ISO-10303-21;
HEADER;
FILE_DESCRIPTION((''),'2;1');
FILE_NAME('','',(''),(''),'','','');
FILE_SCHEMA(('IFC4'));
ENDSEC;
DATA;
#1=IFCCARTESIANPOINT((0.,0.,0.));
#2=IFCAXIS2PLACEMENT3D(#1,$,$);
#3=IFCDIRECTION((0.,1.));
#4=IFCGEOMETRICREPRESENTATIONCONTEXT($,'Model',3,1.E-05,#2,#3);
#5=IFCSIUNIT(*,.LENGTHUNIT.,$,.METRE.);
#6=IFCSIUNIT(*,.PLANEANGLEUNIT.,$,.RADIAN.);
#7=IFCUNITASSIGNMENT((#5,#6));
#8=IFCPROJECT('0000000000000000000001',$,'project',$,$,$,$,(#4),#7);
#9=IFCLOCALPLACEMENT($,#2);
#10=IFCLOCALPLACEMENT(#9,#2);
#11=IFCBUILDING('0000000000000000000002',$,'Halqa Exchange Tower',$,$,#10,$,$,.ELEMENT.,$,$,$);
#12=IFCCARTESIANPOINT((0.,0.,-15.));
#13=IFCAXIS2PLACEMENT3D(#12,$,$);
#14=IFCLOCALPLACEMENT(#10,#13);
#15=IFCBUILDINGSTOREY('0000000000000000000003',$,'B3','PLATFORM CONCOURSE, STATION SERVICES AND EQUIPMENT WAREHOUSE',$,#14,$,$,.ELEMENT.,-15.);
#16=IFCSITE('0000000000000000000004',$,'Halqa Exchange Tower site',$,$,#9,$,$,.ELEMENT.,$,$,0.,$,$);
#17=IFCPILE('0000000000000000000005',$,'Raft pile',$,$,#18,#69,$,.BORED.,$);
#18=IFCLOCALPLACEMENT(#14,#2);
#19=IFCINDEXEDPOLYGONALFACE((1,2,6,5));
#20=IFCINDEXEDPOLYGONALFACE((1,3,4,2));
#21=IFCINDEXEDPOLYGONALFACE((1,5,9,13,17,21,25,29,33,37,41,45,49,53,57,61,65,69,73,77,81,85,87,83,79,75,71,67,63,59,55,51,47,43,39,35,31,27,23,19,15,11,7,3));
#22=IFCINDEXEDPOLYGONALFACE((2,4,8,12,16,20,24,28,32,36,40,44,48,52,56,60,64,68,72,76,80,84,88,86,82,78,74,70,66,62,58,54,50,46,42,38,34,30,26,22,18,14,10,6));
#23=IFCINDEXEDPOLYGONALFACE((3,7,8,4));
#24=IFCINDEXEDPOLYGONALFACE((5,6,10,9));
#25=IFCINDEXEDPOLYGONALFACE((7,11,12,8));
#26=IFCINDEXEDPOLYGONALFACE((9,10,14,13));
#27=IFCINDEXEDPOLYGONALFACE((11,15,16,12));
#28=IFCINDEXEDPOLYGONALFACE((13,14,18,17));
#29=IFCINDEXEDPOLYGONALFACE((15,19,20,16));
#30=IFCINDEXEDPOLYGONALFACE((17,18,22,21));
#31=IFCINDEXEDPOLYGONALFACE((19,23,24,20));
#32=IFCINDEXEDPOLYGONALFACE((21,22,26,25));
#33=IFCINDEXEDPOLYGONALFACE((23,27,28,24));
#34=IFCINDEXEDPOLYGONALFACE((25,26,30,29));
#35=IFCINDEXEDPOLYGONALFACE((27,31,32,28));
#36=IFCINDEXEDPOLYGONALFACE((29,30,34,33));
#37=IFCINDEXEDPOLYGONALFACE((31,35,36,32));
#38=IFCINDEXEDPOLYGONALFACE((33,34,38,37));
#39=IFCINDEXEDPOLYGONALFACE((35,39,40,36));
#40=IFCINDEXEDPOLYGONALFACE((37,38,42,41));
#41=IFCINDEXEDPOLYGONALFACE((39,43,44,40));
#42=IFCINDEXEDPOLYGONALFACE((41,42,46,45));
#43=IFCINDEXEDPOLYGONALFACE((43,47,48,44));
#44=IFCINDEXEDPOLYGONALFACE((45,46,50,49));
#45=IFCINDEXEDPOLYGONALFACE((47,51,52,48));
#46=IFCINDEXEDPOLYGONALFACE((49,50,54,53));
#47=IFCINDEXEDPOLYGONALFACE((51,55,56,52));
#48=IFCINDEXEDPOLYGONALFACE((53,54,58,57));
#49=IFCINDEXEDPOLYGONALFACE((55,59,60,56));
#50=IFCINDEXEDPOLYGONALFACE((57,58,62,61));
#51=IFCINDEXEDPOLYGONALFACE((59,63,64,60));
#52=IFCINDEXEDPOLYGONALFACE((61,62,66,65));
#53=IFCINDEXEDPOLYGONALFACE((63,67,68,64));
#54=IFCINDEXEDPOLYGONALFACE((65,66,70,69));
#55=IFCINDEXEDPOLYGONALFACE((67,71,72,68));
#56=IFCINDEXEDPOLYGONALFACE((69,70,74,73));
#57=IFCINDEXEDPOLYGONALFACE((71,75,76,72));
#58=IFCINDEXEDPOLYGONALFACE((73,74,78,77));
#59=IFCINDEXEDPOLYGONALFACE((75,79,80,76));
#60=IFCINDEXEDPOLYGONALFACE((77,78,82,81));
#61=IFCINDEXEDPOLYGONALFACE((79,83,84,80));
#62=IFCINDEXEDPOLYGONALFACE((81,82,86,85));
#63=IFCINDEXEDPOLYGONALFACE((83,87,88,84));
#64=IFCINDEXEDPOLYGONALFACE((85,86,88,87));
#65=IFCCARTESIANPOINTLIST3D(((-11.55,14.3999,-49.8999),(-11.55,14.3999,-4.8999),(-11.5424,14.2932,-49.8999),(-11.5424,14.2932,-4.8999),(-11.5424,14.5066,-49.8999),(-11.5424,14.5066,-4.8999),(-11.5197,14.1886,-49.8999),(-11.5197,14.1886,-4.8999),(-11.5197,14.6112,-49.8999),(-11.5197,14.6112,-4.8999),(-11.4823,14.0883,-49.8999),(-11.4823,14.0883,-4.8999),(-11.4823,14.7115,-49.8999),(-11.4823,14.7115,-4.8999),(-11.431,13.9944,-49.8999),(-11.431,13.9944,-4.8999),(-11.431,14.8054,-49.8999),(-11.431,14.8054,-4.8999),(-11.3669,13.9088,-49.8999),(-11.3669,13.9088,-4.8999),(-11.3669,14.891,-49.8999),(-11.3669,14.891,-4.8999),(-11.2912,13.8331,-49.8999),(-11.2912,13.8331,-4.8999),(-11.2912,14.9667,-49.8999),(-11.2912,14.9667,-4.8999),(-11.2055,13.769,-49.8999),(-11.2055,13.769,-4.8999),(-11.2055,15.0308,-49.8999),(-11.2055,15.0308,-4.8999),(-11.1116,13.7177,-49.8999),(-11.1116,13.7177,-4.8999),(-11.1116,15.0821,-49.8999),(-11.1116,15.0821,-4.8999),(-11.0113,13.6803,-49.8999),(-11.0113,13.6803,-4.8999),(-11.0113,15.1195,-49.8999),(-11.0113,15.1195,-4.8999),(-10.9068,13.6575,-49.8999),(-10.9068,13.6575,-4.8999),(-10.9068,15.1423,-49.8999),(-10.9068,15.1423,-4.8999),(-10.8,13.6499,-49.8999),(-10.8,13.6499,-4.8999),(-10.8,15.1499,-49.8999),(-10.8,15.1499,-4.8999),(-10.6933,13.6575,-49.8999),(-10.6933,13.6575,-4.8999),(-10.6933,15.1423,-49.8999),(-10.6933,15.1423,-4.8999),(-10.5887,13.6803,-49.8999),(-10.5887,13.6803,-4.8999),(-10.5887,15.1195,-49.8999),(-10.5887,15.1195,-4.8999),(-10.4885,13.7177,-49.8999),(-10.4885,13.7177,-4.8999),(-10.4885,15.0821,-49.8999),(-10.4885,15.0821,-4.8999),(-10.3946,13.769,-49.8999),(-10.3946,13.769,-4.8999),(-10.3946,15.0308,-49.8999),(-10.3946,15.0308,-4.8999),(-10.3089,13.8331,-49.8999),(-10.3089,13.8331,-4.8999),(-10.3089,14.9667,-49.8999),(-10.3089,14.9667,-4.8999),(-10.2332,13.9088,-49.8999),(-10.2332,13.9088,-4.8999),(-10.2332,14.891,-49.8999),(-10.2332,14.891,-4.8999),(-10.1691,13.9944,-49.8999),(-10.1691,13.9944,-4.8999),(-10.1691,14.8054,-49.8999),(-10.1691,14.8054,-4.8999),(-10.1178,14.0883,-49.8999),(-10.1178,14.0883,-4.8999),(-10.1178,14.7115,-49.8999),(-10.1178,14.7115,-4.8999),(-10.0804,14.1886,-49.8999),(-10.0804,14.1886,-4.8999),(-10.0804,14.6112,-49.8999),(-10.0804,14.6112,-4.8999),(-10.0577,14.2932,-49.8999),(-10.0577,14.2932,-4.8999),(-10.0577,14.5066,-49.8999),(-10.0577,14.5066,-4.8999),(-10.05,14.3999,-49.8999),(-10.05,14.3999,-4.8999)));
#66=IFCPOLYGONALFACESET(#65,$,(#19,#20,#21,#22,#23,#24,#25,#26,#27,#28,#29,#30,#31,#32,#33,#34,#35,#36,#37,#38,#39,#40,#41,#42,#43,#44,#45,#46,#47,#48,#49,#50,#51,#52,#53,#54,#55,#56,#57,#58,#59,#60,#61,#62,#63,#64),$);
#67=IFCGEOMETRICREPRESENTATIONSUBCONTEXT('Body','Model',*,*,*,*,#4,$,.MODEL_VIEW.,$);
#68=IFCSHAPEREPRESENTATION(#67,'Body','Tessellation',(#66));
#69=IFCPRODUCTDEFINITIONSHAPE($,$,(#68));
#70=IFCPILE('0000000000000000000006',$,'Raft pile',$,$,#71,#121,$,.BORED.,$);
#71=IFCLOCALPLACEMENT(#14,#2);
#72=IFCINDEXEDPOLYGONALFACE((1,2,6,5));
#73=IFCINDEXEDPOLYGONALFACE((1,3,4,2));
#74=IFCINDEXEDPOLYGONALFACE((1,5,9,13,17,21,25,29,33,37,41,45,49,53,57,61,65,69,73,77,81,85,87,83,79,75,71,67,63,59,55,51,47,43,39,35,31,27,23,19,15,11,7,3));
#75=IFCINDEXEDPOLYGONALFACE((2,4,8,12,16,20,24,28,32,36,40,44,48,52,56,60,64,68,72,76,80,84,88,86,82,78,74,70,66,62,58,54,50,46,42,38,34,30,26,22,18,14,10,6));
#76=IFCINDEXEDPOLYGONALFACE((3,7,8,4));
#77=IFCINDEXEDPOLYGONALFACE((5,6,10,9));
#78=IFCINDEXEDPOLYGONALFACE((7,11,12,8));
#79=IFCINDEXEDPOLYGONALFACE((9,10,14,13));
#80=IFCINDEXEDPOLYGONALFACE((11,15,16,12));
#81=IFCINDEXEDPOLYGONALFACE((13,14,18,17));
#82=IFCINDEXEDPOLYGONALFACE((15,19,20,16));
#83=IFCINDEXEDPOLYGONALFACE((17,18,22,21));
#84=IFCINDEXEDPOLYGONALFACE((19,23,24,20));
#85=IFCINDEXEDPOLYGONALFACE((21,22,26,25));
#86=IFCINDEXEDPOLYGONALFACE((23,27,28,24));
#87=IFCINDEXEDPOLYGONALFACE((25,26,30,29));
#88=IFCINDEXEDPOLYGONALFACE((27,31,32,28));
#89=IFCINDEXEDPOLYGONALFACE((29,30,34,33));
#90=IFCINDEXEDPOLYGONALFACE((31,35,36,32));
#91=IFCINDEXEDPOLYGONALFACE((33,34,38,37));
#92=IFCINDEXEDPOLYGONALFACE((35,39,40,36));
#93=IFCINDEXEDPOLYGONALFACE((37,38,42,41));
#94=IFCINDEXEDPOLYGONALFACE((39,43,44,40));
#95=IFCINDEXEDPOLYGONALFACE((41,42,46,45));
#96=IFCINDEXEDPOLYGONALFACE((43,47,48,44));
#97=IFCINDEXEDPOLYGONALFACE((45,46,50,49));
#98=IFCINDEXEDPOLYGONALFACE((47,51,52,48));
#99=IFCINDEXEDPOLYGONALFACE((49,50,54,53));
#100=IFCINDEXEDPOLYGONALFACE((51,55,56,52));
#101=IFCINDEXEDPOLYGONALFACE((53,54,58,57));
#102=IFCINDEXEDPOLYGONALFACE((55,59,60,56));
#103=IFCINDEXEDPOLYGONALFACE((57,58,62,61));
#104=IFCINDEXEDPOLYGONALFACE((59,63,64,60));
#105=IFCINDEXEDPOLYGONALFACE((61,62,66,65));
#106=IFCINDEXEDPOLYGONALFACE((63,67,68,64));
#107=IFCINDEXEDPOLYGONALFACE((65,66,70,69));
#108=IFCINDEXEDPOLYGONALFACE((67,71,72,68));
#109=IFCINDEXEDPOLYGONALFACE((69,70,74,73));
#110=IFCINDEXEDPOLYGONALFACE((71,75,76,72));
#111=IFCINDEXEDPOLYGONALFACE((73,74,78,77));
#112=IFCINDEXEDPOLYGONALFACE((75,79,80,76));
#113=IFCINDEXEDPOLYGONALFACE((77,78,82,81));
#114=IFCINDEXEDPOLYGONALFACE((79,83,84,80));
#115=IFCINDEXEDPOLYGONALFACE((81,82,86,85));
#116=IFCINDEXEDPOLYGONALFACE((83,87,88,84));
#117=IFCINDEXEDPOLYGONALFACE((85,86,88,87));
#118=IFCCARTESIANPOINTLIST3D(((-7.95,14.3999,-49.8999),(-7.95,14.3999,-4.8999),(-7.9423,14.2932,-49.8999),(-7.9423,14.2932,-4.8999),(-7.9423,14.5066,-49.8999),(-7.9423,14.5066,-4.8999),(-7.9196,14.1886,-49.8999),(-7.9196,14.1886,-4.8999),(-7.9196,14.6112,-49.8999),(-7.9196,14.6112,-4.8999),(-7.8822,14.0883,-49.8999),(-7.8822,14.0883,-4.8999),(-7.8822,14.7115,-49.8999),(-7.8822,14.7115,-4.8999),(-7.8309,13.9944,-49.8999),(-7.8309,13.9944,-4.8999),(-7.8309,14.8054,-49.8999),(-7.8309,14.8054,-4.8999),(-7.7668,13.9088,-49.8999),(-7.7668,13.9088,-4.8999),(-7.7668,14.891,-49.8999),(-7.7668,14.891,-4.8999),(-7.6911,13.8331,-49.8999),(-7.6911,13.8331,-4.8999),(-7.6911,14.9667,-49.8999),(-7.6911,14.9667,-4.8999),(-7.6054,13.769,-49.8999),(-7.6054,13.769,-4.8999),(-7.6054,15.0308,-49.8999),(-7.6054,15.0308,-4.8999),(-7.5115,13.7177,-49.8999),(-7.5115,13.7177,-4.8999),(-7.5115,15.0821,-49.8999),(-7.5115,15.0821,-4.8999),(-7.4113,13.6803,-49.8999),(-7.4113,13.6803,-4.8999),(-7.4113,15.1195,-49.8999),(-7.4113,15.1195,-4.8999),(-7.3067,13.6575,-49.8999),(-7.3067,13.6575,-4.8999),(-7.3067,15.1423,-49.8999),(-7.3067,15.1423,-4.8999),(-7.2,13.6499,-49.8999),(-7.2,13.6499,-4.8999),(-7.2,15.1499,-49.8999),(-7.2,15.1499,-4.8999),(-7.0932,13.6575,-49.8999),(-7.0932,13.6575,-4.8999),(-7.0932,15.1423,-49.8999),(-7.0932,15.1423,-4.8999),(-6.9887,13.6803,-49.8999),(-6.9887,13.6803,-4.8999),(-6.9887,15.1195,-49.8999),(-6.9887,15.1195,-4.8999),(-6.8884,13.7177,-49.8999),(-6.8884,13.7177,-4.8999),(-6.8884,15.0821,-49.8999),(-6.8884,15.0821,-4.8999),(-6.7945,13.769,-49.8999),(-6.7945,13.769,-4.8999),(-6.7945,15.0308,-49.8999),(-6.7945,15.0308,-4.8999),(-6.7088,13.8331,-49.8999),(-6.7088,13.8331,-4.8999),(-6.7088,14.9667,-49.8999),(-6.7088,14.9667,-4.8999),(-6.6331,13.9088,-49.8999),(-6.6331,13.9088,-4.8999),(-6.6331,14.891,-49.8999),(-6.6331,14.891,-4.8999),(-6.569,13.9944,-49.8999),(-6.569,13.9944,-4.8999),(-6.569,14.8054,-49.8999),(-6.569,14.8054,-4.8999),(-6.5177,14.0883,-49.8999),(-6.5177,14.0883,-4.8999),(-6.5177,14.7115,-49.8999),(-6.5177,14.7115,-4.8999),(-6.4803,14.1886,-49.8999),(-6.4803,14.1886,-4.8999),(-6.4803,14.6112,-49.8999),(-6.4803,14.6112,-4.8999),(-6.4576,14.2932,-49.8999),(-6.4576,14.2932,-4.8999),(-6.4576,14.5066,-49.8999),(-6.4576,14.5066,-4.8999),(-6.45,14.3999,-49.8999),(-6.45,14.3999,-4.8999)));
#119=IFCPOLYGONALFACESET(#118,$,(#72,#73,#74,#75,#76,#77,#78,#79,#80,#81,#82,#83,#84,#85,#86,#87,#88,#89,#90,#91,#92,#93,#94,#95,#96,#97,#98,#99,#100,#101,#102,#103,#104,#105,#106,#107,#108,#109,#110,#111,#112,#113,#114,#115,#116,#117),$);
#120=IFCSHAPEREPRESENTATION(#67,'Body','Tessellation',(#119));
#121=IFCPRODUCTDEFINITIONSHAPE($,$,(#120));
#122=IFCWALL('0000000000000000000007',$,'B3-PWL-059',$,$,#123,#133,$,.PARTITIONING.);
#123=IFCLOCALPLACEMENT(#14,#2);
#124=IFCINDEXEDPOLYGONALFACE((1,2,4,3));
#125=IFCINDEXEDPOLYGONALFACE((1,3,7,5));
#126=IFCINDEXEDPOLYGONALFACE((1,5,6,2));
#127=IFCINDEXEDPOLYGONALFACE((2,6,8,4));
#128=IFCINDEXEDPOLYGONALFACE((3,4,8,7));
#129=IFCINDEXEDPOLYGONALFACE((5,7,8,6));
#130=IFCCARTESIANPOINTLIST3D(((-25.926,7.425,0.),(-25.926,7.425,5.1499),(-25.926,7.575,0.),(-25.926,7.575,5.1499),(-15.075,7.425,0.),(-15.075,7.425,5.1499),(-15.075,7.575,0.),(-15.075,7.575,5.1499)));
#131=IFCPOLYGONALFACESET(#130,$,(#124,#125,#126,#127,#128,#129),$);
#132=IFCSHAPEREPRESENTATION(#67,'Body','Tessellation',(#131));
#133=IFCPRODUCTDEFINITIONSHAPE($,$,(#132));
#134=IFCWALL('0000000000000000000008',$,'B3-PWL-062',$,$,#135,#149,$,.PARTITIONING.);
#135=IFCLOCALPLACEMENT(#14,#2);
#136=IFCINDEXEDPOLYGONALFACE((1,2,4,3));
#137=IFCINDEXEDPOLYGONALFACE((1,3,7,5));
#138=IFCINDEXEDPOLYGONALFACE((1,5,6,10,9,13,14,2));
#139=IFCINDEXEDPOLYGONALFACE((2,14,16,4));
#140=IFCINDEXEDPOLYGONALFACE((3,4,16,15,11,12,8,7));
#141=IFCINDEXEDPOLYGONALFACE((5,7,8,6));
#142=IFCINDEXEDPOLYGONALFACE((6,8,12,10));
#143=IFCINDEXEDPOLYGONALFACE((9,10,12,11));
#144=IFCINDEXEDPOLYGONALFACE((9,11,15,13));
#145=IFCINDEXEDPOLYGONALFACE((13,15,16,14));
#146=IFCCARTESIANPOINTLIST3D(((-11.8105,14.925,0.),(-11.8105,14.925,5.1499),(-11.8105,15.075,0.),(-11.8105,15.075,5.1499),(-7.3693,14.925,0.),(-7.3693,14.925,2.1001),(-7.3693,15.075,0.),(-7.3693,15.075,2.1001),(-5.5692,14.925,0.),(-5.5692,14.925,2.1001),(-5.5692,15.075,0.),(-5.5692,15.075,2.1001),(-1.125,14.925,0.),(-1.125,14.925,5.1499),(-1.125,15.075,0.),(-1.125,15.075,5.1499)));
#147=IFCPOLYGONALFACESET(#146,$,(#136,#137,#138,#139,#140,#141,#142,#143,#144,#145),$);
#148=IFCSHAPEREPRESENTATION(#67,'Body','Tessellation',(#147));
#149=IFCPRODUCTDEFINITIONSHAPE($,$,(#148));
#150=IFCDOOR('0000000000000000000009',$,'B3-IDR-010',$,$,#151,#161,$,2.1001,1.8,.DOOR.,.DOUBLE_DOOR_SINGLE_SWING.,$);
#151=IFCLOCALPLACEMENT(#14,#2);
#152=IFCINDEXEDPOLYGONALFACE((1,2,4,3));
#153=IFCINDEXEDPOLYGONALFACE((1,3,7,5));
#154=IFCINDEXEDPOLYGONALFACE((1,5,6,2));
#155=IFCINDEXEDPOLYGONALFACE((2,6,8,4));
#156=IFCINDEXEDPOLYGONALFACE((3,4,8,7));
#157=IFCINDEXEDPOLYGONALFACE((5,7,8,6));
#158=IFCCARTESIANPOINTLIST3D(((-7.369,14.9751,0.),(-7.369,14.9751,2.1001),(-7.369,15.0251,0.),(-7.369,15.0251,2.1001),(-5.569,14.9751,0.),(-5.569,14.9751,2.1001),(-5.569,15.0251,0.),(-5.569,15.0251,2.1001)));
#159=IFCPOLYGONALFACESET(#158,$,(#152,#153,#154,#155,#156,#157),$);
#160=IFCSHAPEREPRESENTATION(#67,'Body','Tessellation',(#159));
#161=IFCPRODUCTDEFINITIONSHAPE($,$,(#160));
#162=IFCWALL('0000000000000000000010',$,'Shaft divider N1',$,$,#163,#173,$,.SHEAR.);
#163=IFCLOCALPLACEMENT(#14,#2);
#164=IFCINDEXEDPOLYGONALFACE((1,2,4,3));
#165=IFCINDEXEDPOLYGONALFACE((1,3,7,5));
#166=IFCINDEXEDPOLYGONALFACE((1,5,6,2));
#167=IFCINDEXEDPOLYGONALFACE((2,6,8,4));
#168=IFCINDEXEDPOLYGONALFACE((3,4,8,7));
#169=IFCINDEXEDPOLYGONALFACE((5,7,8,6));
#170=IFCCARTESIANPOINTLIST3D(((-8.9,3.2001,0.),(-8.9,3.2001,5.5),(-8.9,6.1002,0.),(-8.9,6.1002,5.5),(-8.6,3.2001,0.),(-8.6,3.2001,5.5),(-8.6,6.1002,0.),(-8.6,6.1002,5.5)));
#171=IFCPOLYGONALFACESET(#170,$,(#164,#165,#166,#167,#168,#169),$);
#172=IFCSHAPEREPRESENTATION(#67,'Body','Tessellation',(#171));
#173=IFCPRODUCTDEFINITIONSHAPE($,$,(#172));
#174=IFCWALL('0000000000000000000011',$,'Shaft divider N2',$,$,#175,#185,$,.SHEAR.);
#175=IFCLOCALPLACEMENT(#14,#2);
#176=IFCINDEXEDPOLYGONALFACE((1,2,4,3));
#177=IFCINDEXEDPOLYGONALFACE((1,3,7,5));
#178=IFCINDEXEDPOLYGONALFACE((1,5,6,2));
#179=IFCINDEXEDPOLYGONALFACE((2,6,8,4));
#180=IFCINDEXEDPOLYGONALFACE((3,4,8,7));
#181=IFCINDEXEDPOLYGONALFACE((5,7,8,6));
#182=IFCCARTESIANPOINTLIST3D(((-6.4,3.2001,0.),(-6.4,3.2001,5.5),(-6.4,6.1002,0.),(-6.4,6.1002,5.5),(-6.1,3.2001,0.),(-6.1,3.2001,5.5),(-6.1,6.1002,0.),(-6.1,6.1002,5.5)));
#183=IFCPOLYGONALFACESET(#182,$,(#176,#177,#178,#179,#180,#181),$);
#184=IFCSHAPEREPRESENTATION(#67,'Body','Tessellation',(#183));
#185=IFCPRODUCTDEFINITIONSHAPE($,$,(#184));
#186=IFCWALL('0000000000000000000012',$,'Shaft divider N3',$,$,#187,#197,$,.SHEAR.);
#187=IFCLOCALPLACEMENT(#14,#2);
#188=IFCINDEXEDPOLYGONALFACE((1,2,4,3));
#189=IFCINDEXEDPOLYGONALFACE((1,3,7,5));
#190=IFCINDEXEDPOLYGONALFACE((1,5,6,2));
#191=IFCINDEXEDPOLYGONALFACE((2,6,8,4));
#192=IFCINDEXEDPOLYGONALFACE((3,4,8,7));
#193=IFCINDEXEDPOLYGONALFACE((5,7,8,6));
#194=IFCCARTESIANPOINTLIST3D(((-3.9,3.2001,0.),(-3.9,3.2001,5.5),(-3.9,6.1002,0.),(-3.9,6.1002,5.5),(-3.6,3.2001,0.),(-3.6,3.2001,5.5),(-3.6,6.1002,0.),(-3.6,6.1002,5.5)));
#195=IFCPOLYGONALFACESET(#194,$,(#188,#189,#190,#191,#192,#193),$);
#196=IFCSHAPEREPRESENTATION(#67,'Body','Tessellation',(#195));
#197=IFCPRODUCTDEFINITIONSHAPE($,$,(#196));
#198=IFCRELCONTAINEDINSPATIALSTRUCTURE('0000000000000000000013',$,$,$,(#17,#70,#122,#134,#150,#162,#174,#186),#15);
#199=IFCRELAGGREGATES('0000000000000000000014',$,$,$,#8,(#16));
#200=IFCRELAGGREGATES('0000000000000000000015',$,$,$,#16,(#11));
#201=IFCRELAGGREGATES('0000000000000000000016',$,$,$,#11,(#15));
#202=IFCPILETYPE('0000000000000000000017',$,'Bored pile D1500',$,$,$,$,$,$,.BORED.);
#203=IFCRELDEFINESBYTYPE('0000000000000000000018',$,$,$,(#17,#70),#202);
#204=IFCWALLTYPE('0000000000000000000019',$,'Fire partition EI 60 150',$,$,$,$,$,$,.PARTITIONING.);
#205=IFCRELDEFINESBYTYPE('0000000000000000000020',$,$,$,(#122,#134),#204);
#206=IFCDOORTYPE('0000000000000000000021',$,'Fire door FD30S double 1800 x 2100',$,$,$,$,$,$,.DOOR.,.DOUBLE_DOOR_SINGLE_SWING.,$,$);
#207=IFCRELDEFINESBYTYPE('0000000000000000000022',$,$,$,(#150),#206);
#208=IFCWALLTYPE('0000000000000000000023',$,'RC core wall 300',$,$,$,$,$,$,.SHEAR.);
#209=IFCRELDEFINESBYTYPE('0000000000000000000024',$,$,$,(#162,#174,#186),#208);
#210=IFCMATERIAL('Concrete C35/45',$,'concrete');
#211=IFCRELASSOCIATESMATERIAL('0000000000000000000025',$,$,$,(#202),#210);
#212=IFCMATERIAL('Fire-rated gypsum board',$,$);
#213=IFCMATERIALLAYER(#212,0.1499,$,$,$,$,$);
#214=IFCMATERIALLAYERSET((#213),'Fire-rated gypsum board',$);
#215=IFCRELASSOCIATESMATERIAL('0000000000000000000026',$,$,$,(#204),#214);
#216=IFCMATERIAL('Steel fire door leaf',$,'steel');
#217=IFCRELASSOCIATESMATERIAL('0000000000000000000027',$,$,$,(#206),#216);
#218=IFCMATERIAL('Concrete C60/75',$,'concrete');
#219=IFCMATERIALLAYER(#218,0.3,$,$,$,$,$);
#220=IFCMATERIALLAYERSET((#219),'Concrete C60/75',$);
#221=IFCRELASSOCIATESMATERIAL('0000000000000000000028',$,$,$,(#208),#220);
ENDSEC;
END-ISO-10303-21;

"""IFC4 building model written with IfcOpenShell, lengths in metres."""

from ifc_helpers import new_model, si_unit, direction, frame, frame_2d, origin, origin_2d, place, context, subcontext, project, spatial, rectangle, circle, extrude, material, layer, layer_set, material_profile, profile_set, type_object, element, fill, save


model = new_model("IFC4")

# Units and contexts
model_context = context("Model", 3, precision=1e-05, world=origin(), true_north=direction((0.0, 1.0)))
body_context = subcontext(model_context, "Body", "Model", "MODEL_VIEW")
ifc_project = project(units=[si_unit("LENGTHUNIT", "METRE"), si_unit("PLANEANGLEUNIT", "RADIAN")], contexts=[model_context])

# Site, building, storey
site_placement = place(None, origin())
site = spatial("IfcSite", under=ifc_project, at=site_placement, Name="Halqa Exchange Tower site", CompositionType="ELEMENT", RefElevation=0.0)
building_placement = place(site_placement, origin())
building = spatial("IfcBuilding", under=site, at=building_placement, Name="Halqa Exchange Tower", CompositionType="ELEMENT")
storey_placement = place(building_placement, frame((0.0, 0.0, -15.0)))
storey = spatial("IfcBuildingStorey", under=building, at=storey_placement, Name="B3", Description="PLATFORM CONCOURSE, STATION SERVICES AND EQUIPMENT WAREHOUSE", CompositionType="ELEMENT", Elevation=-15.0)

# Piles
ifc_material_1 = material(Name="Concrete C35/45", Category="concrete")
ifc_material_profile_1 = material_profile(ifc_material_1, circle(Radius=0.75, at=origin_2d()), Name="D1500")
ifc_profile_set_1 = profile_set([ifc_material_profile_1], Name="Concrete C35/45")
pile_type_1 = type_object("IfcPileType", Name="Bored pile D1500", PredefinedType="BORED", material=ifc_profile_set_1)
for number, where, z_axis, x_axis, name in (
    (1, (-10.8, 14.3999, -4.8999), (0.0, 0.0, -1.0), (1.0, 0.0, 0.0), "Raft pile"),
    (2, (-7.2, 14.3999, -4.8999), (0.0, 0.0, -1.0), (1.0, 0.0, 0.0), "Raft pile"),
):
    element("IfcPile", number, at=place(storey_placement, frame(where, z_axis=z_axis, x_axis=x_axis)), inside=storey, type_object=pile_type_1, Name=name, PredefinedType="BORED", context=body_context, shape_type="SweptSolid", body=[
        extrude(circle(Radius=0.75, at=origin_2d()), origin(), (0.0, 0.0, 1.0), 45.0),
    ])

# Wall
ifc_material_2 = material(Name="Fire-rated gypsum board")
ifc_layer_1 = layer(ifc_material_2, 0.1499)
ifc_layer_set_1 = layer_set([ifc_layer_1], Name="Fire-rated gypsum board")
wall_type_1 = type_object("IfcWallType", Name="Fire partition EI 60 150", PredefinedType="PARTITIONING", material=ifc_layer_set_1)
wall_1_placement = place(storey_placement, frame((-15.075, 7.5, 0.0), z_axis=(0.0, 0.0, 1.0), x_axis=(-1.0, 0.0, 0.0)))
element("IfcWall", 3, at=wall_1_placement, inside=storey, type_object=wall_type_1, Name="B3-PWL-059", PredefinedType="PARTITIONING", context=body_context, shape_type="SweptSolid", body=[
    extrude(rectangle(XDim=10.8511, YDim=0.1499, at=frame_2d((5.4255, 0.0))), origin(), (0.0, 0.0, 1.0), 5.1499),
])

# Wall, opening, door
wall_2_placement = place(storey_placement, frame((-11.8105, 15.0, 0.0), z_axis=(0.0, 0.0, 1.0), x_axis=(1.0, 0.0, 0.0)))
wall_2 = element("IfcWall", 4, at=wall_2_placement, inside=storey, type_object=wall_type_1, Name="B3-PWL-062", PredefinedType="PARTITIONING", context=body_context, shape_type="SweptSolid", body=[
    extrude(rectangle(XDim=10.6855, YDim=0.1499, at=frame_2d((5.3428, 0.0))), origin(), (0.0, 0.0, 1.0), 5.1499),
])
opening_1_placement = place(wall_2_placement, frame((4.4414, 0.0, 0.0)))
opening_1 = element("IfcOpeningElement", 5, at=opening_1_placement, cuts=wall_2, PredefinedType="OPENING", context=body_context, shape_type="SweptSolid", body=[
    extrude(rectangle(XDim=1.8, YDim=2.1001, at=frame_2d((0.8999, 1.05))), frame((0.0, 0.0869, 0.0), z_axis=(0.0, -1.0, 0.0), x_axis=(1.0, 0.0, 0.0)), (0.0, 0.0, 1.0), 0.1738),
])
ifc_material_3 = material(Name="Steel fire door leaf", Category="steel")
door_type_1 = type_object("IfcDoorType", Name="Fire door FD30S double 1800 x 2100", OperationType="DOUBLE_DOOR_SINGLE_SWING", PredefinedType="DOOR", material=ifc_material_3)
door_1_placement = place(opening_1_placement, frame((1.8, 0.0, 0.0), z_axis=(0.0, 0.0, 1.0), x_axis=(-1.0, 0.0, 0.0)))
door_1 = element("IfcDoor", 6, at=door_1_placement, inside=storey, type_object=door_type_1, Name="B3-IDR-010", OperationType="DOUBLE_DOOR_SINGLE_SWING", OverallHeight=2.1001, OverallWidth=1.8, PredefinedType="DOOR", context=body_context, shape_type="SweptSolid", body=[
    extrude(rectangle(XDim=1.8, YDim=2.1001, at=frame_2d((0.8999, 1.05))), frame((0.0, 0.0249, 0.0), z_axis=(0.0, -1.0, 0.0), x_axis=(1.0, 0.0, 0.0)), (0.0, 0.0, 1.0), 0.05),
])
fill(opening_1, door_1)

# Walls
ifc_material_4 = material(Name="Concrete C60/75", Category="concrete")
ifc_layer_2 = layer(ifc_material_4, 0.3)
ifc_layer_set_2 = layer_set([ifc_layer_2], Name="Concrete C60/75")
wall_type_2 = type_object("IfcWallType", Name="RC core wall 300", PredefinedType="SHEAR", material=ifc_layer_set_2)
for number, where, z_axis, x_axis, name in (
    (7, (-8.75, 3.2, 0.0), (0.0, 0.0, 1.0), (0.0, 1.0, 0.0), "Shaft divider N1"),
    (8, (-6.25, 3.2, 0.0), (0.0, 0.0, 1.0), (0.0, 1.0, 0.0), "Shaft divider N2"),
    (9, (-3.75, 3.2, 0.0), (0.0, 0.0, 1.0), (0.0, 1.0, 0.0), "Shaft divider N3"),
):
    element("IfcWall", number, at=place(storey_placement, frame(where, z_axis=z_axis, x_axis=x_axis)), inside=storey, type_object=wall_type_2, Name=name, PredefinedType="SHEAR", context=body_context, shape_type="SweptSolid", body=[
        extrude(rectangle(XDim=2.9001, YDim=0.3, at=frame_2d((1.4502, 0.0))), origin(), (0.0, 0.0, 1.0), 5.5),
    ])

save(model, "model.ifc")
